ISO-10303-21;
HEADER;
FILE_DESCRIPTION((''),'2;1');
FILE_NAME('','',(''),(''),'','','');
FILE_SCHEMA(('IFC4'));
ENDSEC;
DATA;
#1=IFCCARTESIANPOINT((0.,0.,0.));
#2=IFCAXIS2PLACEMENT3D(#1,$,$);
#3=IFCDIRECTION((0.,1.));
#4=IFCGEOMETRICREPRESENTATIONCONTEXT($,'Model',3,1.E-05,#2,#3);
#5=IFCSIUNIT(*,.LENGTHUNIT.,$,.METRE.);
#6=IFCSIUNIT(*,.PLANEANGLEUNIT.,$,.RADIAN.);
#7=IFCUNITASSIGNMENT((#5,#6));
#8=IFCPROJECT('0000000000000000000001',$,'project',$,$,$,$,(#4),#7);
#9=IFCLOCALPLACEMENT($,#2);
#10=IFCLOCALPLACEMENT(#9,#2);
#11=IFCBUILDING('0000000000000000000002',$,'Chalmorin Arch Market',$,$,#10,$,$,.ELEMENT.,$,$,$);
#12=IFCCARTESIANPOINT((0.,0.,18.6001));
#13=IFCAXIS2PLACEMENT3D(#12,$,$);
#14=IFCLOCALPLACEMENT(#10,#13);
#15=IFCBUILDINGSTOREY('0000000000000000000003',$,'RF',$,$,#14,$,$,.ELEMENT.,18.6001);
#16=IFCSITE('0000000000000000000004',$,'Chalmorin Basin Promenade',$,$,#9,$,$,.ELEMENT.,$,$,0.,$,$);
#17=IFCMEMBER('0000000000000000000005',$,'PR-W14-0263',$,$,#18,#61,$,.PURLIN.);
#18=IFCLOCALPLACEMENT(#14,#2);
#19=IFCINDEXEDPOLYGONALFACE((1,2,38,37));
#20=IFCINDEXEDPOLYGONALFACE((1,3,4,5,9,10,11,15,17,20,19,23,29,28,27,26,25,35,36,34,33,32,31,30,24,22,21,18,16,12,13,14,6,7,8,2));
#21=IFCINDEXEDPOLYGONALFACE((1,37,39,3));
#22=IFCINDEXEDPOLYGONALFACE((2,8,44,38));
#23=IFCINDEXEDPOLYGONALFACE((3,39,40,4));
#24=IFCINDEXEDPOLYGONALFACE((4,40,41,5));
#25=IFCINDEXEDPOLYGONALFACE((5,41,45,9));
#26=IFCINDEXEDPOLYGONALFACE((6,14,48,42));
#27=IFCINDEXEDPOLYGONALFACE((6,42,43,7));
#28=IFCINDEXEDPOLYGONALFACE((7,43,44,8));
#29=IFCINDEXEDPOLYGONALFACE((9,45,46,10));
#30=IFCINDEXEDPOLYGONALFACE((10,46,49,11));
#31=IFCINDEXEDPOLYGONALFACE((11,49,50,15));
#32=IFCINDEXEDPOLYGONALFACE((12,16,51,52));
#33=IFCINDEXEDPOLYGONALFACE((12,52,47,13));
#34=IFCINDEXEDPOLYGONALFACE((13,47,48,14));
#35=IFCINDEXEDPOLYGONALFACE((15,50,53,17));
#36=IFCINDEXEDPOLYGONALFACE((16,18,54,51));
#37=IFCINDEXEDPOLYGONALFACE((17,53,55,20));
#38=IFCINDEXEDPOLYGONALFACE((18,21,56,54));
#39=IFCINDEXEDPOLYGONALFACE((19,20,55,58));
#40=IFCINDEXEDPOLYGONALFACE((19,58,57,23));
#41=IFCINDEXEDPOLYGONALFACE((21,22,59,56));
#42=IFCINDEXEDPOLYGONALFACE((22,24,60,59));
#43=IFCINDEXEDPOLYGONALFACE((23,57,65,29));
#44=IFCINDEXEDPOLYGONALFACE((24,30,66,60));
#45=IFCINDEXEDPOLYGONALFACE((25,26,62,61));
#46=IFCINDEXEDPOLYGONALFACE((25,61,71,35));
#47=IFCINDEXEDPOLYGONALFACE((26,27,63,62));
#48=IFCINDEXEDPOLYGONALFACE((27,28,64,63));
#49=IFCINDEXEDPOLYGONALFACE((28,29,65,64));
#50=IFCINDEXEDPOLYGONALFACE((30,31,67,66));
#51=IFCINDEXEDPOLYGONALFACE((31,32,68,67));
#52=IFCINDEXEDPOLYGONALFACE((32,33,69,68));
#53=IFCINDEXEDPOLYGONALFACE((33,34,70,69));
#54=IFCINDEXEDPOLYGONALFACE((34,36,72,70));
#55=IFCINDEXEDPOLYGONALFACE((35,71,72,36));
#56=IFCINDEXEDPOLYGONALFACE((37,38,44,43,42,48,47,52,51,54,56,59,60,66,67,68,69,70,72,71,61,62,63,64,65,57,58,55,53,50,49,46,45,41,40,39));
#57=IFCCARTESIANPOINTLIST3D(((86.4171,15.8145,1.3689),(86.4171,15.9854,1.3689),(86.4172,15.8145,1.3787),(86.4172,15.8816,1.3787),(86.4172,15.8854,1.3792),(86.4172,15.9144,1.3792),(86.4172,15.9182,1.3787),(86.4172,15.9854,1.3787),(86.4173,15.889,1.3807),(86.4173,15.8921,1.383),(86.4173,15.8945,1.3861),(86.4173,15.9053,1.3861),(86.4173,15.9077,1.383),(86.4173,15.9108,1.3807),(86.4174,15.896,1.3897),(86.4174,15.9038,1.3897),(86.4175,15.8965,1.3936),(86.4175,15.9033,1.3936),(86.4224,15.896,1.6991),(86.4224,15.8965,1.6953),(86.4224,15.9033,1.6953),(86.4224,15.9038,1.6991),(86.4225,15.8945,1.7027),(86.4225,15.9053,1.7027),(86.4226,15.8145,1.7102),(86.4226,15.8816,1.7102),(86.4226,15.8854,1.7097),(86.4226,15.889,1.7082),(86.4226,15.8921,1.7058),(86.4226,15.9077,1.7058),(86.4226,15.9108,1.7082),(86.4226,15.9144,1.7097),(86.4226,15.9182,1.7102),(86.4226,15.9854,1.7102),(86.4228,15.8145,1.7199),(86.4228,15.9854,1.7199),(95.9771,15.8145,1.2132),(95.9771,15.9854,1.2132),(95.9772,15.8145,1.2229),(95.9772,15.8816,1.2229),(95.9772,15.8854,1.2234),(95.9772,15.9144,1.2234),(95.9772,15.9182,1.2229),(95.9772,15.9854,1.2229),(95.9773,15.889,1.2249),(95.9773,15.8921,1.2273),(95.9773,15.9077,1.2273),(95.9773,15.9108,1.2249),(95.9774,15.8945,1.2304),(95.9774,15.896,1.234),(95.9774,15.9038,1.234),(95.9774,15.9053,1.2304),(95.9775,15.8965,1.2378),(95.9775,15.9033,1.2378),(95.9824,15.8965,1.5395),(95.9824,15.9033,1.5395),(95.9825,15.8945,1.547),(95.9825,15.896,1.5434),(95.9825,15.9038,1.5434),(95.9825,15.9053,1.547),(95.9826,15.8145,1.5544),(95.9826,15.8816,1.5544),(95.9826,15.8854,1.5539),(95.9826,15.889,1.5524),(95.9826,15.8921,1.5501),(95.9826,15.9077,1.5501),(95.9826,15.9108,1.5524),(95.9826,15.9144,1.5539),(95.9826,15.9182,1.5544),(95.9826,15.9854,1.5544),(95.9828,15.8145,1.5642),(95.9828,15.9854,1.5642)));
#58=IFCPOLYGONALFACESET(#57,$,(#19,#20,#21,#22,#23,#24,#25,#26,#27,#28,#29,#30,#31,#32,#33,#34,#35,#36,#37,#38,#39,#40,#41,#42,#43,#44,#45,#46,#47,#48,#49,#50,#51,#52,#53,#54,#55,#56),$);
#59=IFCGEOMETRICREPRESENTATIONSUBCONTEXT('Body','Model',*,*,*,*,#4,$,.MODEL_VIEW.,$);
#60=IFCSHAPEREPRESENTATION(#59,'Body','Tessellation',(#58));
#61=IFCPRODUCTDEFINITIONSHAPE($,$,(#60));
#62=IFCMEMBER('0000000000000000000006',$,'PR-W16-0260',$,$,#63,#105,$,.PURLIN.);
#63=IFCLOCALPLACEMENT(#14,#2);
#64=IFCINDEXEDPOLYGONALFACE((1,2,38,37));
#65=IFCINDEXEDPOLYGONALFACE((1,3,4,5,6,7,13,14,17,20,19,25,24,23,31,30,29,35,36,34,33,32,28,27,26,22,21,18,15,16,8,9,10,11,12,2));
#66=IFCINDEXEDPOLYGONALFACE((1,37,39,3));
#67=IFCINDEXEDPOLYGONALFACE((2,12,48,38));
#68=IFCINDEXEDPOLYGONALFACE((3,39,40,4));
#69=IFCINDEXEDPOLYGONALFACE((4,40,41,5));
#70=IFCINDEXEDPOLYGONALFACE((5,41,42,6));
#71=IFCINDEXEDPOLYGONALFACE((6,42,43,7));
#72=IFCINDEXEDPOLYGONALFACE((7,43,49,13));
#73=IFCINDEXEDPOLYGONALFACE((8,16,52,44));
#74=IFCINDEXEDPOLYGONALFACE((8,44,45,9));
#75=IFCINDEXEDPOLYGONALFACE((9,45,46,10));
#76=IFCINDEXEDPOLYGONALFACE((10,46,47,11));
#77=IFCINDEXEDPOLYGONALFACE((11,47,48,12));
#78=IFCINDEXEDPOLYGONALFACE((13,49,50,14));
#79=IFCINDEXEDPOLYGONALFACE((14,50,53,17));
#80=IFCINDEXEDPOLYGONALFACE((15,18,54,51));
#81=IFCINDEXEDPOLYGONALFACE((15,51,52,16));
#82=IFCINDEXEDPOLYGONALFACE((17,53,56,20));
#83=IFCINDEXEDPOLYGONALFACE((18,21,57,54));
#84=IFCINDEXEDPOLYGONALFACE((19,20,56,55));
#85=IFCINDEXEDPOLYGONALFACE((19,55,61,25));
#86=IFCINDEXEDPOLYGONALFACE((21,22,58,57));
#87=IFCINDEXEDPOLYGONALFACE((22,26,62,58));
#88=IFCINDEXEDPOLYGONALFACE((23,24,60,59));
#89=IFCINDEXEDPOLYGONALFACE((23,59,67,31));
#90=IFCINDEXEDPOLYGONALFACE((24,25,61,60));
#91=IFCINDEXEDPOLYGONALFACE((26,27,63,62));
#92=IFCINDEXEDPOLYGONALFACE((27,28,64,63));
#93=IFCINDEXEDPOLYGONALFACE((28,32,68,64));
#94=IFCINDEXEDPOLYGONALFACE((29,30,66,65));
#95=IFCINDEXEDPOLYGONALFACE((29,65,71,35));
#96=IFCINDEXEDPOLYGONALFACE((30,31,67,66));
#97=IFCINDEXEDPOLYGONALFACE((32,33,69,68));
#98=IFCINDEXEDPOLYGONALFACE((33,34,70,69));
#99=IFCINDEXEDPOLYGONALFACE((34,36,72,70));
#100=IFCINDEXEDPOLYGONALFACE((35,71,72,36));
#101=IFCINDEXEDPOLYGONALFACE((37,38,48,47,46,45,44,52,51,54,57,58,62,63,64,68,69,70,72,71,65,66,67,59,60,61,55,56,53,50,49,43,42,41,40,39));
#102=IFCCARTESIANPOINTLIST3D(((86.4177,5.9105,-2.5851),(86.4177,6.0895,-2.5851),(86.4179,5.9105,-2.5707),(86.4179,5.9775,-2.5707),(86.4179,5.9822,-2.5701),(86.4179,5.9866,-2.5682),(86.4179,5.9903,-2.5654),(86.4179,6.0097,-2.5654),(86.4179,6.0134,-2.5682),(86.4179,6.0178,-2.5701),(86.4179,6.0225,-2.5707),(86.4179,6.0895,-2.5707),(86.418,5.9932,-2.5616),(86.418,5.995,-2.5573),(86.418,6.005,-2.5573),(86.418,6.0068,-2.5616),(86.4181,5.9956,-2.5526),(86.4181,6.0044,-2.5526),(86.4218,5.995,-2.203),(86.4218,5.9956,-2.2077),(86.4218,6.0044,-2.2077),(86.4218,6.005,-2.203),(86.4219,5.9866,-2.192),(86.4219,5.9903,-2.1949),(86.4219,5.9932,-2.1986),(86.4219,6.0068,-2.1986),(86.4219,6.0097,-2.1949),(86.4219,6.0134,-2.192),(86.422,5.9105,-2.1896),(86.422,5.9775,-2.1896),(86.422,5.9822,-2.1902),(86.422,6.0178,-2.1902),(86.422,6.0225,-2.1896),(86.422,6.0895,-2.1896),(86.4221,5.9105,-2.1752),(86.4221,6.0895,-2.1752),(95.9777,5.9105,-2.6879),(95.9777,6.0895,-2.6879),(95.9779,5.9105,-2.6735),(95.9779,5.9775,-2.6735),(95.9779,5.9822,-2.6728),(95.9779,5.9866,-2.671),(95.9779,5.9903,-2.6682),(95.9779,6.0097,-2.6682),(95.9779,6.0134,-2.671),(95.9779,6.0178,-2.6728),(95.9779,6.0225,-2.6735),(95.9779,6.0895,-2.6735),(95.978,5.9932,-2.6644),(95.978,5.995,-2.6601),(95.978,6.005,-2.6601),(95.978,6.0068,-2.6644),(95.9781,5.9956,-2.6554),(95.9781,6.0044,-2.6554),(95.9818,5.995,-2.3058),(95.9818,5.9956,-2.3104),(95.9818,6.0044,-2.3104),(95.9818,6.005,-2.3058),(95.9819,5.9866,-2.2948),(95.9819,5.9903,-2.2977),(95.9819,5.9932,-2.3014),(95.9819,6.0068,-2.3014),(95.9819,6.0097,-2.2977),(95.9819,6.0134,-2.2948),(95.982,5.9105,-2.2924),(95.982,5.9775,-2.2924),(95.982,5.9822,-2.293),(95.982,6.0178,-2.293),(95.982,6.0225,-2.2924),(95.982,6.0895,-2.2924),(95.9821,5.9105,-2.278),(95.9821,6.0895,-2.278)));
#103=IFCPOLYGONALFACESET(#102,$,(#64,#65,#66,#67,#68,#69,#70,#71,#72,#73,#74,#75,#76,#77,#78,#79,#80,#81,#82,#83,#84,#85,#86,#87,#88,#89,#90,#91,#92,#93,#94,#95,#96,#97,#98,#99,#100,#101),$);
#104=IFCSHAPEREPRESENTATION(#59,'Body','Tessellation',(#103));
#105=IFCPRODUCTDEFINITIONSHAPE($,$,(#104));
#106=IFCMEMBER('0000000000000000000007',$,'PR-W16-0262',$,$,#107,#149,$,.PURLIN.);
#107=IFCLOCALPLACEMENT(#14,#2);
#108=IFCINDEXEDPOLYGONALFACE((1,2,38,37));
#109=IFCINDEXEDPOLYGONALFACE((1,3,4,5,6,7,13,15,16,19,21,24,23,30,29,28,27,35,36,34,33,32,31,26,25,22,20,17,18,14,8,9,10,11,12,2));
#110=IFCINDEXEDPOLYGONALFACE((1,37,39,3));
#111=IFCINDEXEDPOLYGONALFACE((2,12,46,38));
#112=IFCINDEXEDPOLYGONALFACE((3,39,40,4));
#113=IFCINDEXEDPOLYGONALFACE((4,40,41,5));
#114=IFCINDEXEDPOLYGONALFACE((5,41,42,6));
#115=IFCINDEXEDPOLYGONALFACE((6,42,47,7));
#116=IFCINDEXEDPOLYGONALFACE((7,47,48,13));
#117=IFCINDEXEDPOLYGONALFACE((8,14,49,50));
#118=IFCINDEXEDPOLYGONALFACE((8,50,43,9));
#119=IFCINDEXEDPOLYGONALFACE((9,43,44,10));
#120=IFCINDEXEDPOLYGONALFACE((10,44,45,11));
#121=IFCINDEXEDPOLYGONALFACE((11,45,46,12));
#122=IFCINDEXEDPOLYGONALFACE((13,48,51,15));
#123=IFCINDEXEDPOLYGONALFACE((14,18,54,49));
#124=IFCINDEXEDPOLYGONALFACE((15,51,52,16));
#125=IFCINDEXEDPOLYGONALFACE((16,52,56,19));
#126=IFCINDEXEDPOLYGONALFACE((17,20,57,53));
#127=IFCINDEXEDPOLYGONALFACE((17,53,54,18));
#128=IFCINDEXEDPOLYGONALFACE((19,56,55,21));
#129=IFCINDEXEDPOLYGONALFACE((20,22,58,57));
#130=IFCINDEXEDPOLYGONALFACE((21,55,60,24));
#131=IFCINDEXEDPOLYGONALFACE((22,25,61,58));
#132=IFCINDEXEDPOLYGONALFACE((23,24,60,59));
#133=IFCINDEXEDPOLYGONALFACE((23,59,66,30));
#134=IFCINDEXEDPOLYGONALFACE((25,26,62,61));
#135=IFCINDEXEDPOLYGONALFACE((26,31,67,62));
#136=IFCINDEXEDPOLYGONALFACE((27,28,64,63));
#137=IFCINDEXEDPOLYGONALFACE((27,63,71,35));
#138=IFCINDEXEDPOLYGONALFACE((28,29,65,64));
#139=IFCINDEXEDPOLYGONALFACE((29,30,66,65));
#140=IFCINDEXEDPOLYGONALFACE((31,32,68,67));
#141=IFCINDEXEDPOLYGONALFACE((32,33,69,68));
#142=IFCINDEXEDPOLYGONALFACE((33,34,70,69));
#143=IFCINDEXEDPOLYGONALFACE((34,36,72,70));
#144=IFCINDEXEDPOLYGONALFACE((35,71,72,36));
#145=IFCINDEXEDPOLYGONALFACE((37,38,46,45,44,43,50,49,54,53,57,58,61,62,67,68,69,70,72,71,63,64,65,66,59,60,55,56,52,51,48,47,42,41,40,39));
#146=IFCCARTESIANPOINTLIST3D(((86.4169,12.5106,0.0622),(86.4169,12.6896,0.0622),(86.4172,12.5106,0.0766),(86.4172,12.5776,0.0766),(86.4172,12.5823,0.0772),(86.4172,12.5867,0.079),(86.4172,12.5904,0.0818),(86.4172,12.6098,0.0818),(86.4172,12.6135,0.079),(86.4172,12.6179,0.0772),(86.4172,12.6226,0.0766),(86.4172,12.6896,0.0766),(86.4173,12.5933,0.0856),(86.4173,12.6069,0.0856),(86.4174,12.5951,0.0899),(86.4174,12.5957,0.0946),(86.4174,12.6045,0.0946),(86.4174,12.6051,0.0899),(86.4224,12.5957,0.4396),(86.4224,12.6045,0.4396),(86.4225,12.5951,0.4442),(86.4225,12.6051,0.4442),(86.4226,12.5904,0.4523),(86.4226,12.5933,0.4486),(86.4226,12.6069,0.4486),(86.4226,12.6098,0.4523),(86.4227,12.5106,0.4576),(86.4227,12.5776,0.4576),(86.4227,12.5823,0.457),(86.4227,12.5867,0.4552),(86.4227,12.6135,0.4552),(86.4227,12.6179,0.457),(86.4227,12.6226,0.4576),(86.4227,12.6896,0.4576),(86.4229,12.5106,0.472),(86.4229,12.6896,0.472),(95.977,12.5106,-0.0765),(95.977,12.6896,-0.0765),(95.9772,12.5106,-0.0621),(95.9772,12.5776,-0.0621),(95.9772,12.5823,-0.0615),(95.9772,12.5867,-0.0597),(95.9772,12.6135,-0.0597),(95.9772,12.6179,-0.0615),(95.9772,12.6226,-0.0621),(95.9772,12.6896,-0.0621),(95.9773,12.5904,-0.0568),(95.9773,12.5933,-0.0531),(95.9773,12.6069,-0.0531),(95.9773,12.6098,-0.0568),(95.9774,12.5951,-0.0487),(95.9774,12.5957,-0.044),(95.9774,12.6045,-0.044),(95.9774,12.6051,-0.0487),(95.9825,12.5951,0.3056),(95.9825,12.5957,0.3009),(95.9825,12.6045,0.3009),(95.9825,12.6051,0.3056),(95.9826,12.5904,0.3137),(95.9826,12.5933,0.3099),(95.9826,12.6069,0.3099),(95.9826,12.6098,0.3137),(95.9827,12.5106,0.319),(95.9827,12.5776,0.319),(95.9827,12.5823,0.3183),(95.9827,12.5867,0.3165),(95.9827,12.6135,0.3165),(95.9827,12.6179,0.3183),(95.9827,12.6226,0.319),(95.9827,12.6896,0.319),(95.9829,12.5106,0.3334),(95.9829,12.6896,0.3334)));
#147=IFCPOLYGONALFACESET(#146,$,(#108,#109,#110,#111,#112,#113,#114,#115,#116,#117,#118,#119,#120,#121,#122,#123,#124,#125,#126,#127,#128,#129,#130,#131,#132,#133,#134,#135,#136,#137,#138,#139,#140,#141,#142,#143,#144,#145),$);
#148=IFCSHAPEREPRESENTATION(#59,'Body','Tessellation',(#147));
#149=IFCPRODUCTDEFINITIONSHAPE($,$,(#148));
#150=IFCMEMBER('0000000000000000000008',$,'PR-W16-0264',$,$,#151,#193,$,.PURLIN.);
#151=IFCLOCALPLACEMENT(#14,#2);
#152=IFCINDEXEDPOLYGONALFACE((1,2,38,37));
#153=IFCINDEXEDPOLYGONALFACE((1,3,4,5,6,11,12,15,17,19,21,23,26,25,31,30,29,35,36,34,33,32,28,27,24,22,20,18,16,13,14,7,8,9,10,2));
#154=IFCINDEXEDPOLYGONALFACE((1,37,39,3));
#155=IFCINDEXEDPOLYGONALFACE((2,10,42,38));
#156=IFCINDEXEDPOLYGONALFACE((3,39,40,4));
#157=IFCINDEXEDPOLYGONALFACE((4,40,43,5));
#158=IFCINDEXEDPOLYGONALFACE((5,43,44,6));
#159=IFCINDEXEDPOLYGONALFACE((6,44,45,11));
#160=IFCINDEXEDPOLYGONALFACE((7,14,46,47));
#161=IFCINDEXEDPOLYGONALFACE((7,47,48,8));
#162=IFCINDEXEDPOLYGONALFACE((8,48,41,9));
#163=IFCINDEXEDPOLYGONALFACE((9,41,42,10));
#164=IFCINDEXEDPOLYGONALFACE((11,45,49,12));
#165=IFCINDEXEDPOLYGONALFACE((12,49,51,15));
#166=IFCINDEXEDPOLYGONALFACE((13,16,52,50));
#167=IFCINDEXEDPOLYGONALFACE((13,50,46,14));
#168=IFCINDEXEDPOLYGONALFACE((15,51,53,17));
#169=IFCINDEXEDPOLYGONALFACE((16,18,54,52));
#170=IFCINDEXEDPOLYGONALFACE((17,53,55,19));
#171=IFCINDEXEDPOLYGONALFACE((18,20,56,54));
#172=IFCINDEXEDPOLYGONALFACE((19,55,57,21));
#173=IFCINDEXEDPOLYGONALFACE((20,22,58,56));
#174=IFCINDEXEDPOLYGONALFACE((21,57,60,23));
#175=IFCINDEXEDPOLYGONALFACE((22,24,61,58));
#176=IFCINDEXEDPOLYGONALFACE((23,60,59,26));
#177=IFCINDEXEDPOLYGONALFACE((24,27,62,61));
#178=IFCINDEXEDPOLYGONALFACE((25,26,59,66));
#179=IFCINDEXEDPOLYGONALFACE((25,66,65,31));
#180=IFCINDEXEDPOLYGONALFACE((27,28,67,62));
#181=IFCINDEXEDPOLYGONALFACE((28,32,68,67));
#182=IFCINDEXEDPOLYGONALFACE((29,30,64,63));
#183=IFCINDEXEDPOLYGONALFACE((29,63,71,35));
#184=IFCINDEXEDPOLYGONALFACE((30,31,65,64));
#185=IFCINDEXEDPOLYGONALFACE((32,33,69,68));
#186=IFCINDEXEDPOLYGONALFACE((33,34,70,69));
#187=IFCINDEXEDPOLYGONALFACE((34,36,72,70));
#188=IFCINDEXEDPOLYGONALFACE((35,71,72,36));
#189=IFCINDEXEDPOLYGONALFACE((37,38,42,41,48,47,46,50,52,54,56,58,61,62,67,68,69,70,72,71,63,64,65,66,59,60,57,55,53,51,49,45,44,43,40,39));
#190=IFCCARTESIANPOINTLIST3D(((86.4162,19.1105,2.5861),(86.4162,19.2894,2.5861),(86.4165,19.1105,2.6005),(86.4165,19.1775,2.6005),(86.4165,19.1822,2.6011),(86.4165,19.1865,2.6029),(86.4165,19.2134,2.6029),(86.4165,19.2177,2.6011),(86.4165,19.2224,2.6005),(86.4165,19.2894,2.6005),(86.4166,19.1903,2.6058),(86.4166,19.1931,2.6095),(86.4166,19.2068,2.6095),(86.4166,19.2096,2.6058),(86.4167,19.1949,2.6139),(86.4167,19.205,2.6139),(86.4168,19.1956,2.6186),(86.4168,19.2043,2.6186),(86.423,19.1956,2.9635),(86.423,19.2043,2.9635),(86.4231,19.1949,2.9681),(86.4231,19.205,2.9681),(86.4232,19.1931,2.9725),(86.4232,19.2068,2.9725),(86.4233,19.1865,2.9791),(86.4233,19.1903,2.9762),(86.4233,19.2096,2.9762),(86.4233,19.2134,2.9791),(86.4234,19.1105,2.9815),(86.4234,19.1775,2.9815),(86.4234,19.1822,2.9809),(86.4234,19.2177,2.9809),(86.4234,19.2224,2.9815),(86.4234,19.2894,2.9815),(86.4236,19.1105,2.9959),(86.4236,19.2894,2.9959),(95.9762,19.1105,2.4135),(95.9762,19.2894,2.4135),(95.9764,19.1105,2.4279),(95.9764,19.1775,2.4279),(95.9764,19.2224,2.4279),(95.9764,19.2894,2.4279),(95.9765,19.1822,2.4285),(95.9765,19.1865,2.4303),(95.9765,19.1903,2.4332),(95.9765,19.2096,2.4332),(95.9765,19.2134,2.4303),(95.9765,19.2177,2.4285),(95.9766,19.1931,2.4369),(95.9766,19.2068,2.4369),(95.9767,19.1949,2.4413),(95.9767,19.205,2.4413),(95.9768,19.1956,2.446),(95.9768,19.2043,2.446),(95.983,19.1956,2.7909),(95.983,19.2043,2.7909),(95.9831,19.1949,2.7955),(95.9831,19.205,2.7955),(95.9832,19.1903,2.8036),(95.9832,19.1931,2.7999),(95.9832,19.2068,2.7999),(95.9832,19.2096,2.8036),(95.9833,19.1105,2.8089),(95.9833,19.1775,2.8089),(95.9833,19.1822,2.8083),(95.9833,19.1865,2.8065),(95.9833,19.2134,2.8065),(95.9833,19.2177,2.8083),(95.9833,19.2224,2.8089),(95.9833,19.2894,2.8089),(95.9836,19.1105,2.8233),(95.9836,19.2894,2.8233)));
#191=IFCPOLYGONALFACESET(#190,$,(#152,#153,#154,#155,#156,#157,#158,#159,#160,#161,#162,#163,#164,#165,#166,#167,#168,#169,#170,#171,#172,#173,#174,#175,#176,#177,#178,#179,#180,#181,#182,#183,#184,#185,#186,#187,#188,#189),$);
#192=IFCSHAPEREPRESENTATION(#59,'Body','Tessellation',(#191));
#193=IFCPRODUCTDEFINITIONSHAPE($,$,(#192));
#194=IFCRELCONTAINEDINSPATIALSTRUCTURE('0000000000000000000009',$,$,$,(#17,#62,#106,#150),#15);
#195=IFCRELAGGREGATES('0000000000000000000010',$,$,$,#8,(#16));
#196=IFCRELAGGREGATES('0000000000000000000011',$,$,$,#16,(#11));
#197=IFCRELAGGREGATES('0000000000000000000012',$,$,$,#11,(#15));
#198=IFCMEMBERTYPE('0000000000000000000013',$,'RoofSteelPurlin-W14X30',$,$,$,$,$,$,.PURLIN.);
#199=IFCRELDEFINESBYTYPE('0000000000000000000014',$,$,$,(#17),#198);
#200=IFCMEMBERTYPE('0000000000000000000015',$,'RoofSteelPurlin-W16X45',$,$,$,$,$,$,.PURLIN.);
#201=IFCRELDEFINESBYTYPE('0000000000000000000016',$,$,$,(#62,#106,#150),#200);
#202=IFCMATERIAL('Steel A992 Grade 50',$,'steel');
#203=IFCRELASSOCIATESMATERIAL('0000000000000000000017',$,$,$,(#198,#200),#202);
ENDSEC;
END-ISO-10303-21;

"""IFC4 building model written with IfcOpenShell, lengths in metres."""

from ifc_helpers import new_model, si_unit, direction, frame, origin, origin_2d, place, context, subcontext, project, spatial, i_section, extrude, material, material_profile, profile_set, type_object, element, save


model = new_model("IFC4")

# Units and contexts
model_context = context("Model", 3, precision=1e-05, world=origin(), true_north=direction((0.0, 1.0)))
body_context = subcontext(model_context, "Body", "Model", "MODEL_VIEW")
ifc_project = project(units=[si_unit("LENGTHUNIT", "METRE"), si_unit("PLANEANGLEUNIT", "RADIAN")], contexts=[model_context])

# Site, building, storey
site_placement = place(None, origin())
site = spatial("IfcSite", under=ifc_project, at=site_placement, Name="Chalmorin Basin Promenade", CompositionType="ELEMENT", RefElevation=0.0)
building_placement = place(site_placement, origin())
building = spatial("IfcBuilding", under=site, at=building_placement, Name="Chalmorin Arch Market", CompositionType="ELEMENT")
storey_placement = place(building_placement, frame((0.0, 0.0, 18.6001)))
storey = spatial("IfcBuildingStorey", under=building, at=storey_placement, Name="RF", CompositionType="ELEMENT", Elevation=18.6001)

# Members
ifc_material_1 = material(Name="Steel A992 Grade 50", Category="steel")
ifc_material_profile_1 = material_profile(ifc_material_1, i_section(OverallWidth=0.1709, OverallDepth=0.3511, WebThickness=0.0068, FlangeThickness=0.0098, FilletRadius=0.0149, at=origin_2d()), Name="W14X30")
ifc_profile_set_1 = profile_set([ifc_material_profile_1], Name="Steel A992 Grade 50")
member_type_1 = type_object("IfcMemberType", Name="RoofSteelPurlin-W14X30", PredefinedType="PURLIN", material=ifc_profile_set_1)
member_1_placement = place(storey_placement, frame((86.4199, 15.8999, 1.5444), z_axis=(0.999867, 0.0, -0.016291), x_axis=(0.0, 1.0, 0.0)))
element("IfcMember", 1, at=member_1_placement, inside=storey, type_object=member_type_1, Name="PR-W14-0263", PredefinedType="PURLIN", context=body_context, shape_type="SweptSolid", body=[
    extrude(i_section(OverallWidth=0.1709, OverallDepth=0.3511, WebThickness=0.0068, FlangeThickness=0.0098, FilletRadius=0.0149, at=origin_2d()), origin(), (0.0, 0.0, 1.0), 9.5613),
])
ifc_material_profile_2 = material_profile(ifc_material_1, i_section(OverallWidth=0.179, OverallDepth=0.4099, WebThickness=0.0088, FlangeThickness=0.0144, FilletRadius=0.0181, at=origin_2d()), Name="W16X45")
ifc_profile_set_2 = profile_set([ifc_material_profile_2], Name="Steel A992 Grade 50")
member_type_2 = type_object("IfcMemberType", Name="RoofSteelPurlin-W16X45", PredefinedType="PURLIN", material=ifc_profile_set_2)
member_2_placement = place(storey_placement, frame((86.4199, 6.0, -2.3801), z_axis=(0.999942, 0.0, -0.010751), x_axis=(0.0, 1.0, 0.0)))
element("IfcMember", 2, at=member_2_placement, inside=storey, type_object=member_type_2, Name="PR-W16-0260", PredefinedType="PURLIN", context=body_context, shape_type="SweptSolid", body=[
    extrude(i_section(OverallWidth=0.179, OverallDepth=0.4099, WebThickness=0.0088, FlangeThickness=0.0144, FilletRadius=0.0181, at=origin_2d()), origin(), (0.0, 0.0, 1.0), 9.5605),
])
member_3_placement = place(storey_placement, frame((86.4199, 12.6001, 0.2671), z_axis=(0.999895, 0.0, -0.014504), x_axis=(0.0, 1.0, 0.0)))
element("IfcMember", 3, at=member_3_placement, inside=storey, type_object=member_type_2, Name="PR-W16-0262", PredefinedType="PURLIN", context=body_context, shape_type="SweptSolid", body=[
    extrude(i_section(OverallWidth=0.179, OverallDepth=0.4099, WebThickness=0.0088, FlangeThickness=0.0144, FilletRadius=0.0181, at=origin_2d()), origin(), (0.0, 0.0, 1.0), 9.561),
])
member_4_placement = place(storey_placement, frame((86.4199, 19.2, 2.791), z_axis=(0.999837, 0.0, -0.018052), x_axis=(0.0, 1.0, 0.0)))
element("IfcMember", 4, at=member_4_placement, inside=storey, type_object=member_type_2, Name="PR-W16-0264", PredefinedType="PURLIN", context=body_context, shape_type="SweptSolid", body=[
    extrude(i_section(OverallWidth=0.179, OverallDepth=0.4099, WebThickness=0.0088, FlangeThickness=0.0144, FilletRadius=0.0181, at=origin_2d()), origin(), (0.0, 0.0, 1.0), 9.5615),
])

save(model, "model.ifc")
